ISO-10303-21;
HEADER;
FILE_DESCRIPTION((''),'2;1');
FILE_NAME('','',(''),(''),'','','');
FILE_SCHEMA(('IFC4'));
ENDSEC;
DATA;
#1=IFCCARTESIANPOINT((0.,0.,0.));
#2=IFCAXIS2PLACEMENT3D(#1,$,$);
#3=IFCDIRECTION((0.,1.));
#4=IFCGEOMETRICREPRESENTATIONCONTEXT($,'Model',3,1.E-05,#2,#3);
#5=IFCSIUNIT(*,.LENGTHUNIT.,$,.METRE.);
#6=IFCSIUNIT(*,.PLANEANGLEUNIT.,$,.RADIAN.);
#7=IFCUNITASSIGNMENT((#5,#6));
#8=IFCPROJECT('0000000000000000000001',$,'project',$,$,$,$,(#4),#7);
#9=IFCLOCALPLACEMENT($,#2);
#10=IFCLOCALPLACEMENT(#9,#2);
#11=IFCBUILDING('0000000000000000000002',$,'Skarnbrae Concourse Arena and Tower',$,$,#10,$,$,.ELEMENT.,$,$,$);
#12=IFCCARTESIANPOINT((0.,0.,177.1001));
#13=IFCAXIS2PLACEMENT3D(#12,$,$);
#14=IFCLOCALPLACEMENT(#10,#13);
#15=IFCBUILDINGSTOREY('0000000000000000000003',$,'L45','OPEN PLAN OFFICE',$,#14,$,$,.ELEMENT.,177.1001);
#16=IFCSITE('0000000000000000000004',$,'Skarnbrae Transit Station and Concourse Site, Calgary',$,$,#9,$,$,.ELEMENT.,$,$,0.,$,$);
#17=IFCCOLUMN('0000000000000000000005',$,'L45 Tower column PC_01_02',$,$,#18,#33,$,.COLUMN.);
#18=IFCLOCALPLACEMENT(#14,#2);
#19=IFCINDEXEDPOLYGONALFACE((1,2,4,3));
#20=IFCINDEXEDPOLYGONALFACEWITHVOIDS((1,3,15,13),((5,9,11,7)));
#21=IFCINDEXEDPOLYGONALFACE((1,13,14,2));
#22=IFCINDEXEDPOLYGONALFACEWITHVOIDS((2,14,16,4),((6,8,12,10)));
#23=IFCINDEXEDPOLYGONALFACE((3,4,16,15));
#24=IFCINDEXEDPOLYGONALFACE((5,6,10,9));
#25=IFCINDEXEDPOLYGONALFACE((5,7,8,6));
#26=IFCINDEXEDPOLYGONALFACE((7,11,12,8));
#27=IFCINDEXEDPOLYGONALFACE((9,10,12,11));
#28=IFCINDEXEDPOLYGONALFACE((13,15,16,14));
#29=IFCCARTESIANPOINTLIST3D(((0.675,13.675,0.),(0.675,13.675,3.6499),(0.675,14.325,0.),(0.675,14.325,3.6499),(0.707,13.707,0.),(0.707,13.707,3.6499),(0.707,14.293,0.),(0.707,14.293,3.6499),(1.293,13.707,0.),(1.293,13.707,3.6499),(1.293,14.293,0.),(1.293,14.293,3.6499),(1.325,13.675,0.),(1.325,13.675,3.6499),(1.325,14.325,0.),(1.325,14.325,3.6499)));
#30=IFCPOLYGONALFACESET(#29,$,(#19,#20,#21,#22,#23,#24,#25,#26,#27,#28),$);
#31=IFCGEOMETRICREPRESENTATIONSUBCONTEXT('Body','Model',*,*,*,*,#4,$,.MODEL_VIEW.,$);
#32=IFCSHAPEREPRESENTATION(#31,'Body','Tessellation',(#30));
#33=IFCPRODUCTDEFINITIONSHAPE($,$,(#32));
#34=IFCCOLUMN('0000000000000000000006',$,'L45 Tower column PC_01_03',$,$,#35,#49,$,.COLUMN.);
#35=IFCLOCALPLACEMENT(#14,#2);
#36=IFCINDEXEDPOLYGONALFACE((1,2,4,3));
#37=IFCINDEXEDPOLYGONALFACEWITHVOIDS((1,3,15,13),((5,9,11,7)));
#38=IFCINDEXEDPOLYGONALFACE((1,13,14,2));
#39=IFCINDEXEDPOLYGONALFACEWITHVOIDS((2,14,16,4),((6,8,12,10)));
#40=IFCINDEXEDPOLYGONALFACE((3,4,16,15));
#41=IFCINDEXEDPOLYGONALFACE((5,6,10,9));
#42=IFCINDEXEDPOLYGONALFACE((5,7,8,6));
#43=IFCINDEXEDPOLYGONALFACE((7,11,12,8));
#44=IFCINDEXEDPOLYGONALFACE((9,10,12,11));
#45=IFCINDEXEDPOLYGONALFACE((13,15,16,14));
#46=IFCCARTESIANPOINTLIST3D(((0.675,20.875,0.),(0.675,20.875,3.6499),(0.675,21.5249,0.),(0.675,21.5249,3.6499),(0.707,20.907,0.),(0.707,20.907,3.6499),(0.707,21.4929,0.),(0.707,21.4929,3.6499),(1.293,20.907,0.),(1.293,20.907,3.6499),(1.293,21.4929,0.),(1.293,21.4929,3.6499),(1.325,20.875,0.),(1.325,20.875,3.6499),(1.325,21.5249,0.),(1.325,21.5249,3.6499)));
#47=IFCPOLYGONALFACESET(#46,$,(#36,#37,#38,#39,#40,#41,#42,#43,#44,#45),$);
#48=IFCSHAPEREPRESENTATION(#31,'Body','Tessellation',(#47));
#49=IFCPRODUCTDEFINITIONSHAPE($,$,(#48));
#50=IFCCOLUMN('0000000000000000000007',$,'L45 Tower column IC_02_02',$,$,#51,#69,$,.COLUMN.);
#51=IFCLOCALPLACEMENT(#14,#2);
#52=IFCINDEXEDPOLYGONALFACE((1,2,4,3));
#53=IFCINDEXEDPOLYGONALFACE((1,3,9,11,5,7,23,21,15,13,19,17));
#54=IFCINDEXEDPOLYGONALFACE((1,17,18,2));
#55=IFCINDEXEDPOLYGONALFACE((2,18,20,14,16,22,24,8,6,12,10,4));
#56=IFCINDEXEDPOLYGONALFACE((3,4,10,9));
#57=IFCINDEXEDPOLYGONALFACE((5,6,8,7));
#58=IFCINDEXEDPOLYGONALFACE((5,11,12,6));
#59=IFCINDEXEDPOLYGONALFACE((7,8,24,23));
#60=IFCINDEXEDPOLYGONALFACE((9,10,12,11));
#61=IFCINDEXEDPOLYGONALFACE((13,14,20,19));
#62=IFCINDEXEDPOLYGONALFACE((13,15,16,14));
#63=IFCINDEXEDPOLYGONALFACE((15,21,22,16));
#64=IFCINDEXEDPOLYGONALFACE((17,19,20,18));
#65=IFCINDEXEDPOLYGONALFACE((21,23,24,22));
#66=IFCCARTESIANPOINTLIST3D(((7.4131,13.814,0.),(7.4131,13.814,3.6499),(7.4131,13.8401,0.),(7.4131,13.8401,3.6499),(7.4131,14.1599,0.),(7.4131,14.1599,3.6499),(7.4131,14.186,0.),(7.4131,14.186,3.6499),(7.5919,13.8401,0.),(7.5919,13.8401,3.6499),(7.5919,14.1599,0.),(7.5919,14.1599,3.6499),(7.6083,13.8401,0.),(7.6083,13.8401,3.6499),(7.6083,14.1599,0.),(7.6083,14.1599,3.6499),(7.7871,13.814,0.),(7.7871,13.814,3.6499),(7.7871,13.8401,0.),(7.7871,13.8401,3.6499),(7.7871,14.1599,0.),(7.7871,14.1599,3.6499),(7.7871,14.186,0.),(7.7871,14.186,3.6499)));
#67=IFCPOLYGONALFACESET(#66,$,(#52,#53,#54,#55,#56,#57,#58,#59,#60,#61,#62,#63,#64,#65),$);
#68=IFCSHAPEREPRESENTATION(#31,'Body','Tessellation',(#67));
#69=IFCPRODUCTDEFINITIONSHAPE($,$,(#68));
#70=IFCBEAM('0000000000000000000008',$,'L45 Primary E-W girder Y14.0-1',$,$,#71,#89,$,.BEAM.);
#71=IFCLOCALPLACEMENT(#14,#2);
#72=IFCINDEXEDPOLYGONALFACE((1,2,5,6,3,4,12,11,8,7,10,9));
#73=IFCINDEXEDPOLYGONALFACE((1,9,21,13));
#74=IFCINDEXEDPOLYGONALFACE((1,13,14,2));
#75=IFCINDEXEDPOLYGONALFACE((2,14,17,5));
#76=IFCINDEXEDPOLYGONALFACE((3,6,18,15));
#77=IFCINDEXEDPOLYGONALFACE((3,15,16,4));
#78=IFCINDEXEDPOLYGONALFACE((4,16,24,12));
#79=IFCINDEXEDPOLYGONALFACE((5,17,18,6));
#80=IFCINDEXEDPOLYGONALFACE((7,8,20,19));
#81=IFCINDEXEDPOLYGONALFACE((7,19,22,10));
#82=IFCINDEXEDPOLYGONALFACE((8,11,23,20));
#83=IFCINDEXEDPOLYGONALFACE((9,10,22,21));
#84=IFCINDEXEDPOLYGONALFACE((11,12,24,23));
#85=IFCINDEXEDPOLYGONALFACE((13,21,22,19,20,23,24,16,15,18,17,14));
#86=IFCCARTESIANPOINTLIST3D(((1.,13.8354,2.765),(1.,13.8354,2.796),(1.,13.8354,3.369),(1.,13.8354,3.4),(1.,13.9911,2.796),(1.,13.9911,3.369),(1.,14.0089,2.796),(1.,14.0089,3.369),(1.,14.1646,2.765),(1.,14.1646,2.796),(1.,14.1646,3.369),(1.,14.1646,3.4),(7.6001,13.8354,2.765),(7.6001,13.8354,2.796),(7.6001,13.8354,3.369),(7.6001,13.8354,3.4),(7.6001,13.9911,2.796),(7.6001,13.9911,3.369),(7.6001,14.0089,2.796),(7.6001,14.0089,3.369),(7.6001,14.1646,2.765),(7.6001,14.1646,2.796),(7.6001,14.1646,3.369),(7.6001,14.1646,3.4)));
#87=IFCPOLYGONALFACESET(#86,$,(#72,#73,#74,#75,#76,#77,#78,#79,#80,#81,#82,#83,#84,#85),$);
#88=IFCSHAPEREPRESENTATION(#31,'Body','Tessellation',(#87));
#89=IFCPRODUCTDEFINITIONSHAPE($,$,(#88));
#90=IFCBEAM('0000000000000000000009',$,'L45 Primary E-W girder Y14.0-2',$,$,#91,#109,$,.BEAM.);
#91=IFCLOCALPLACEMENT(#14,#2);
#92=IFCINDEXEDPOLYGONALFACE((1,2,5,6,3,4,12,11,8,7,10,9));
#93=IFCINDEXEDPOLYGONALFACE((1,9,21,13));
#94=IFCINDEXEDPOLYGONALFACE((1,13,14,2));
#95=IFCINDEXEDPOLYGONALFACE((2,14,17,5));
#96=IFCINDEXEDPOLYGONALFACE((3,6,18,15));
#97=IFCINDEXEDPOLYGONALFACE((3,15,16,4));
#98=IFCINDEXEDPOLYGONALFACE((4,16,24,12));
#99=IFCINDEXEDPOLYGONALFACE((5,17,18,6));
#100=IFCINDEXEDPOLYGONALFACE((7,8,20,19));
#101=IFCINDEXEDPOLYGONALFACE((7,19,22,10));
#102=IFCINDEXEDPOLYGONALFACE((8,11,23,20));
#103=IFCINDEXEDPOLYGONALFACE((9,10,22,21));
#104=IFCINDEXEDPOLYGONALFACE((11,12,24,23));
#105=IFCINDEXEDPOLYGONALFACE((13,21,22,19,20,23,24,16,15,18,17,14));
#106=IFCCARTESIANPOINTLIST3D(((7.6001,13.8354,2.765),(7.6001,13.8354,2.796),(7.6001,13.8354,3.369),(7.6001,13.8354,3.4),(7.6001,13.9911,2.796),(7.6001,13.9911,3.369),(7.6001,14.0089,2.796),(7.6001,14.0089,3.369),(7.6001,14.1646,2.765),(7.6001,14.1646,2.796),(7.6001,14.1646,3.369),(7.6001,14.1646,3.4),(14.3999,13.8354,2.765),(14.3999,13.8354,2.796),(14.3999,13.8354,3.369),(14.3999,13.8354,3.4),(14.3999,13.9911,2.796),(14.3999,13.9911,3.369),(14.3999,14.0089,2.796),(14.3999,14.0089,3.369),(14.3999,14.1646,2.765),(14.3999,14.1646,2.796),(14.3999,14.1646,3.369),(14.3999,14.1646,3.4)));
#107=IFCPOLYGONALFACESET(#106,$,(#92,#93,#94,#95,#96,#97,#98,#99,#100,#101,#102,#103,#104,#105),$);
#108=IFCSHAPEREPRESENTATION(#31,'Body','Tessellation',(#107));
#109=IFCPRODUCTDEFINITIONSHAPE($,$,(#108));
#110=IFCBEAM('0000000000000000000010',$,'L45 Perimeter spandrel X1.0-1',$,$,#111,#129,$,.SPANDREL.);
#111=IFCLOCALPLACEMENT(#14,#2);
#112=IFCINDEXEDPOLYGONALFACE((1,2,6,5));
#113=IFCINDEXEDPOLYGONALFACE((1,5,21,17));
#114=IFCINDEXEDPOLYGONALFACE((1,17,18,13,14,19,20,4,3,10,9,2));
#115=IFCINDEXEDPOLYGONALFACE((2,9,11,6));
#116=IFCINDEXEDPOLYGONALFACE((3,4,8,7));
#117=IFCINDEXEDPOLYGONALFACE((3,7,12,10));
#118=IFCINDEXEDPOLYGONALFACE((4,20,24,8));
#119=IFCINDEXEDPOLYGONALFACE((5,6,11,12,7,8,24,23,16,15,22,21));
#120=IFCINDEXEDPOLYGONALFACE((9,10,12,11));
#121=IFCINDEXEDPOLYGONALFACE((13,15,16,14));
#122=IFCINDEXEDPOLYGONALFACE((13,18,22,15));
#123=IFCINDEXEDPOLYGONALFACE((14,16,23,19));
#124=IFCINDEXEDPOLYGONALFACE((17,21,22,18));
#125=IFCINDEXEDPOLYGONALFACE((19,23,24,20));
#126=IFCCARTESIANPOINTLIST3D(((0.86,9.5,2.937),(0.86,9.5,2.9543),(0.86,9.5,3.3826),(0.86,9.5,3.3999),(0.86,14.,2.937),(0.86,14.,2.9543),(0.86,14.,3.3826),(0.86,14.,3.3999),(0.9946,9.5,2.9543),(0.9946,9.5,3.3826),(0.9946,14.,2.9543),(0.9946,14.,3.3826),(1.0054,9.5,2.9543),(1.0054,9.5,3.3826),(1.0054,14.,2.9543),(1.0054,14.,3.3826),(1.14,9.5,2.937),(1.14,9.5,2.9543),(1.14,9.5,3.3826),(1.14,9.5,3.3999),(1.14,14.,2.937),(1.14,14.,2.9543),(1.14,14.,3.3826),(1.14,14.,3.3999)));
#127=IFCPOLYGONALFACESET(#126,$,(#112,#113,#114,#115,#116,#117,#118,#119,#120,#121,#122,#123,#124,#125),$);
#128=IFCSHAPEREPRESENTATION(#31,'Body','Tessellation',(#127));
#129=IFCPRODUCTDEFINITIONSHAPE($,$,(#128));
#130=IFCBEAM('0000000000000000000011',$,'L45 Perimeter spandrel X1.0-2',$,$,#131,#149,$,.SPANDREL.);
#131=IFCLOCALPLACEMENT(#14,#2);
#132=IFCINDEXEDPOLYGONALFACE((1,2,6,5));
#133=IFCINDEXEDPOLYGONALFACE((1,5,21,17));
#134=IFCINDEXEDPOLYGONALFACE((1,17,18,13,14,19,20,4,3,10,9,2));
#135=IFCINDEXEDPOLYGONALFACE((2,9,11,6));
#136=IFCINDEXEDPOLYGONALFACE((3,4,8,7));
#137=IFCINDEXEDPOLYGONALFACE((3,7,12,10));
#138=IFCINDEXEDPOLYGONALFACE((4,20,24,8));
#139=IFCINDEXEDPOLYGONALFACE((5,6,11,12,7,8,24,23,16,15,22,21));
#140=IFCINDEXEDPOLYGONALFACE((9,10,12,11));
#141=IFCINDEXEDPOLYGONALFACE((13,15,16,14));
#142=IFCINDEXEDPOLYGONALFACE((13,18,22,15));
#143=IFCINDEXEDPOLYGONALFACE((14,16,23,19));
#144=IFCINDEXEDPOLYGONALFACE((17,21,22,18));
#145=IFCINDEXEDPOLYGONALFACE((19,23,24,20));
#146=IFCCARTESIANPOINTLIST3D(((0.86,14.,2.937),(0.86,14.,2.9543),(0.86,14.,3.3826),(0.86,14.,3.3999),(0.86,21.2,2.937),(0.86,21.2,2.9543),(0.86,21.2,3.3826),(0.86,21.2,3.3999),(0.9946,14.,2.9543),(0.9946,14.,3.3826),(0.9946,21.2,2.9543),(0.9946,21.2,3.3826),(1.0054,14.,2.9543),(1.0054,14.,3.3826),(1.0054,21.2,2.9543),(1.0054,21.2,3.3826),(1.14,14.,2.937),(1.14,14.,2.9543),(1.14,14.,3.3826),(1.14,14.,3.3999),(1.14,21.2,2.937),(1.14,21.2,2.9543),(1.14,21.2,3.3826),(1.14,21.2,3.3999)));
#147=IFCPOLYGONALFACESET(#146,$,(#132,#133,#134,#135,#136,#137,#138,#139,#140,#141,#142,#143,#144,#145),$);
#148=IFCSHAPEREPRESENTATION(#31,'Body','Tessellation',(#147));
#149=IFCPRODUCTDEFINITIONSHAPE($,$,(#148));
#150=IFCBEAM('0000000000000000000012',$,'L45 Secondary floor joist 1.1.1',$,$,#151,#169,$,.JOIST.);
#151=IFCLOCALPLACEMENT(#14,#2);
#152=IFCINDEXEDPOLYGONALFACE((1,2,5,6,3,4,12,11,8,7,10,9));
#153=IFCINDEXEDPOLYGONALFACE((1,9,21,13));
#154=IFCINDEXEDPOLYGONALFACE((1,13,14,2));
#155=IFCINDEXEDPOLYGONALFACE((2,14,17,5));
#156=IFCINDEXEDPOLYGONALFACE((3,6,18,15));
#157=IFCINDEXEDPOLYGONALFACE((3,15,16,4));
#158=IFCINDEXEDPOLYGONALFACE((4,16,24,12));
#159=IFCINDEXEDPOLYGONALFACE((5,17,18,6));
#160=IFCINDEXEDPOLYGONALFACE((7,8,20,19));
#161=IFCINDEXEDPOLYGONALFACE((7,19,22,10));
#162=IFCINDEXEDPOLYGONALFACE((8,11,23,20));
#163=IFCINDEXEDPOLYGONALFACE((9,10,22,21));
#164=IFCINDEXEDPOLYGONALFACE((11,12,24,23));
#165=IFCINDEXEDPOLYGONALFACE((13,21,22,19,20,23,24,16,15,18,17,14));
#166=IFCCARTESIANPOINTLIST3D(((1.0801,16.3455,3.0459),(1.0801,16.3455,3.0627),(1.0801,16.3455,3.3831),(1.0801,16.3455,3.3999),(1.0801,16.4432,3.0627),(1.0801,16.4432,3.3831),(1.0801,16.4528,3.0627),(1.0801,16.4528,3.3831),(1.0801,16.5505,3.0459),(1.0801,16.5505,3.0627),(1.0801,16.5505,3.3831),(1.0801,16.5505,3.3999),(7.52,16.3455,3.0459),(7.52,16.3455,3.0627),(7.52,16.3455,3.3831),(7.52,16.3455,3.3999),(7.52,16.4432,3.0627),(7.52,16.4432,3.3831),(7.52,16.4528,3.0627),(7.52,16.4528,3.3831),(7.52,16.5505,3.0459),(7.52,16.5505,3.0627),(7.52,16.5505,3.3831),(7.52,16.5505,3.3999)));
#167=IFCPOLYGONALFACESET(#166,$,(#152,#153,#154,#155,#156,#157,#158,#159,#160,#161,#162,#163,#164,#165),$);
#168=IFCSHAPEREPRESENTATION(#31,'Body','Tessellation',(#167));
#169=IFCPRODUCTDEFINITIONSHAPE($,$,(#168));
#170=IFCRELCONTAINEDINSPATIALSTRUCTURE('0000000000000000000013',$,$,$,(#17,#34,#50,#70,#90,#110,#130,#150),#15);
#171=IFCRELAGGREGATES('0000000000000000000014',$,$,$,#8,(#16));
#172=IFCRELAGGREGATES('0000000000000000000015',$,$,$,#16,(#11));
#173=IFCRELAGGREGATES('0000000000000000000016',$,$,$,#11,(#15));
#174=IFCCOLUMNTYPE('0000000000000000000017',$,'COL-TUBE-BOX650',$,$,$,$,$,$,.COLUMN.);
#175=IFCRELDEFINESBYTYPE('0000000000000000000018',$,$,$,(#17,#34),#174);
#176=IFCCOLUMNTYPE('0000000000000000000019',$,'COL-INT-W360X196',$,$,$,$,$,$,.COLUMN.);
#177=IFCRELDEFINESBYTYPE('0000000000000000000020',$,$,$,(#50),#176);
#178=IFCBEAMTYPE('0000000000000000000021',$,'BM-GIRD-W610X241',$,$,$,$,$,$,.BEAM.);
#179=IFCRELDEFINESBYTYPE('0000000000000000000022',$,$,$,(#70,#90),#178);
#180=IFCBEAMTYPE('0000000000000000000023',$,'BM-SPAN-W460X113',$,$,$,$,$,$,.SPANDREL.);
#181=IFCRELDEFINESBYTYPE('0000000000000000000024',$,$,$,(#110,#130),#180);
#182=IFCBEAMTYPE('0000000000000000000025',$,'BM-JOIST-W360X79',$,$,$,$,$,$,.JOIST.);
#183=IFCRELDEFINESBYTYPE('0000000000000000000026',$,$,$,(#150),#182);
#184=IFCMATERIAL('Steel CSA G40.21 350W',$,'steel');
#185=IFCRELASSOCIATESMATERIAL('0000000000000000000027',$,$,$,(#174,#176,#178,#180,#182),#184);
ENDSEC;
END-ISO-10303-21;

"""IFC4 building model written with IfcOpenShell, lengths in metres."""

from ifc_helpers import new_model, si_unit, direction, frame, origin, origin_2d, place, context, subcontext, project, spatial, hollow_rectangle, i_section, extrude, source, transform, mapped, material, material_profile, profile_set, type_object, element, save


model = new_model("IFC4")

# Units and contexts
model_context = context("Model", 3, precision=1e-05, world=origin(), true_north=direction((0.0, 1.0)))
body_context = subcontext(model_context, "Body", "Model", "MODEL_VIEW")
ifc_project = project(units=[si_unit("LENGTHUNIT", "METRE"), si_unit("PLANEANGLEUNIT", "RADIAN")], contexts=[model_context])

# Site, building, storey
site_placement = place(None, origin())
site = spatial("IfcSite", under=ifc_project, at=site_placement, Name="Skarnbrae Transit Station and Concourse Site, Calgary", CompositionType="ELEMENT", RefElevation=0.0)
building_placement = place(site_placement, origin())
building = spatial("IfcBuilding", under=site, at=building_placement, Name="Skarnbrae Concourse Arena and Tower", CompositionType="ELEMENT")
storey_placement = place(building_placement, frame((0.0, 0.0, 177.1001)))
storey = spatial("IfcBuildingStorey", under=building, at=storey_placement, Name="L45", Description="OPEN PLAN OFFICE", CompositionType="ELEMENT", Elevation=177.1001)

# Columns
ifc_material_1 = material(Name="Steel CSA G40.21 350W", Category="steel")
ifc_material_profile_1 = material_profile(ifc_material_1, hollow_rectangle(XDim=0.6499, YDim=0.6499, WallThickness=0.032, at=origin_2d()), Name="BOX650X650X32")
ifc_profile_set_1 = profile_set([ifc_material_profile_1], Name="Steel CSA G40.21 350W")
column_type_1 = type_object("IfcColumnType", Name="COL-TUBE-BOX650", PredefinedType="COLUMN", material=ifc_profile_set_1)
shared_shape_1 = source(origin(), body_context, "Body", "SweptSolid", [
    extrude(hollow_rectangle(XDim=0.6499, YDim=0.6499, WallThickness=0.032, at=origin_2d()), origin(), (0.0, 0.0, 1.0), 3.6499),
])
for number, where, z_axis, x_axis, name in (
    (1, (1.0, 14.0, 0.0), (0.0, 0.0, 1.0), (1.0, 0.0, 0.0), "L45 Tower column PC_01_02"),
    (2, (1.0, 21.2, 0.0), (0.0, 0.0, 1.0), (1.0, 0.0, 0.0), "L45 Tower column PC_01_03"),
):
    element("IfcColumn", number, at=place(storey_placement, frame(where, z_axis=z_axis, x_axis=x_axis)), inside=storey, type_object=column_type_1, Name=name, PredefinedType="COLUMN", context=body_context, shape_type="MappedRepresentation", body=[
        mapped(shared_shape_1, transform((0.0, 0.0, 0.0))),
    ])
ifc_material_profile_2 = material_profile(ifc_material_1, i_section(OverallWidth=0.374, OverallDepth=0.3721, WebThickness=0.0164, FlangeThickness=0.0261, at=origin_2d()), Name="W360X196")
ifc_profile_set_2 = profile_set([ifc_material_profile_2], Name="Steel CSA G40.21 350W")
column_type_2 = type_object("IfcColumnType", Name="COL-INT-W360X196", PredefinedType="COLUMN", material=ifc_profile_set_2)
shared_shape_2 = source(origin(), body_context, "Body", "SweptSolid", [
    extrude(i_section(OverallWidth=0.374, OverallDepth=0.3721, WebThickness=0.0164, FlangeThickness=0.0261, at=origin_2d()), origin(), (0.0, 0.0, 1.0), 3.6499),
])
column_placement = place(storey_placement, frame((7.6001, 14.0, 0.0), z_axis=(0.0, 0.0, 1.0), x_axis=(1.0, 0.0, 0.0)))
element("IfcColumn", 3, at=column_placement, inside=storey, type_object=column_type_2, Name="L45 Tower column IC_02_02", PredefinedType="COLUMN", context=body_context, shape_type="MappedRepresentation", body=[
    mapped(shared_shape_2, transform((0.0, 0.0, 0.0))),
])

# Beams
ifc_material_profile_3 = material_profile(ifc_material_1, i_section(OverallWidth=0.3291, OverallDepth=0.635, WebThickness=0.0178, FlangeThickness=0.031, at=origin_2d()), Name="W610X241")
ifc_profile_set_3 = profile_set([ifc_material_profile_3], Name="Steel CSA G40.21 350W")
beam_type_1 = type_object("IfcBeamType", Name="BM-GIRD-W610X241", PredefinedType="BEAM", material=ifc_profile_set_3)
shared_shape_3 = source(origin(), body_context, "Body", "SweptSolid", [
    extrude(i_section(OverallWidth=0.3291, OverallDepth=0.635, WebThickness=0.0178, FlangeThickness=0.031, at=origin_2d()), origin(), (0.0, 0.0, 1.0), 6.6001),
])
beam_1_placement = place(storey_placement, frame((1.0, 14.0, 3.0825), z_axis=(1.0, 0.0, 0.0), x_axis=(0.0, 1.0, 0.0)))
element("IfcBeam", 4, at=beam_1_placement, inside=storey, type_object=beam_type_1, Name="L45 Primary E-W girder Y14.0-1", PredefinedType="BEAM", context=body_context, shape_type="MappedRepresentation", body=[
    mapped(shared_shape_3, transform((0.0, 0.0, 0.0))),
])
shared_shape_4 = source(origin(), body_context, "Body", "SweptSolid", [
    extrude(i_section(OverallWidth=0.3291, OverallDepth=0.635, WebThickness=0.0178, FlangeThickness=0.031, at=origin_2d()), origin(), (0.0, 0.0, 1.0), 6.7998),
])
beam_2_placement = place(storey_placement, frame((7.6001, 14.0, 3.0825), z_axis=(1.0, 0.0, 0.0), x_axis=(0.0, 1.0, 0.0)))
element("IfcBeam", 5, at=beam_2_placement, inside=storey, type_object=beam_type_1, Name="L45 Primary E-W girder Y14.0-2", PredefinedType="BEAM", context=body_context, shape_type="MappedRepresentation", body=[
    mapped(shared_shape_4, transform((0.0, 0.0, 0.0))),
])
ifc_material_profile_4 = material_profile(ifc_material_1, i_section(OverallWidth=0.28, OverallDepth=0.4629, WebThickness=0.0107, FlangeThickness=0.0173, at=origin_2d()), Name="W460X113")
ifc_profile_set_4 = profile_set([ifc_material_profile_4], Name="Steel CSA G40.21 350W")
beam_type_2 = type_object("IfcBeamType", Name="BM-SPAN-W460X113", PredefinedType="SPANDREL", material=ifc_profile_set_4)
shared_shape_5 = source(origin(), body_context, "Body", "SweptSolid", [
    extrude(i_section(OverallWidth=0.28, OverallDepth=0.4629, WebThickness=0.0107, FlangeThickness=0.0173, at=origin_2d()), origin(), (0.0, 0.0, 1.0), 4.5),
])
beam_3_placement = place(storey_placement, frame((1.0, 9.5, 3.1685), z_axis=(0.0, 1.0, 0.0), x_axis=(-1.0, 0.0, 0.0)))
element("IfcBeam", 6, at=beam_3_placement, inside=storey, type_object=beam_type_2, Name="L45 Perimeter spandrel X1.0-1", PredefinedType="SPANDREL", context=body_context, shape_type="MappedRepresentation", body=[
    mapped(shared_shape_5, transform((0.0, 0.0, 0.0))),
])
shared_shape_6 = source(origin(), body_context, "Body", "SweptSolid", [
    extrude(i_section(OverallWidth=0.28, OverallDepth=0.4629, WebThickness=0.0107, FlangeThickness=0.0173, at=origin_2d()), origin(), (0.0, 0.0, 1.0), 7.2),
])
beam_4_placement = place(storey_placement, frame((1.0, 14.0, 3.1685), z_axis=(0.0, 1.0, 0.0), x_axis=(-1.0, 0.0, 0.0)))
element("IfcBeam", 7, at=beam_4_placement, inside=storey, type_object=beam_type_2, Name="L45 Perimeter spandrel X1.0-2", PredefinedType="SPANDREL", context=body_context, shape_type="MappedRepresentation", body=[
    mapped(shared_shape_6, transform((0.0, 0.0, 0.0))),
])
ifc_material_profile_5 = material_profile(ifc_material_1, i_section(OverallWidth=0.2051, OverallDepth=0.354, WebThickness=0.0095, FlangeThickness=0.0168, at=origin_2d()), Name="W360X79")
ifc_profile_set_5 = profile_set([ifc_material_profile_5], Name="Steel CSA G40.21 350W")
beam_type_3 = type_object("IfcBeamType", Name="BM-JOIST-W360X79", PredefinedType="JOIST", material=ifc_profile_set_5)
shared_shape_7 = source(origin(), body_context, "Body", "SweptSolid", [
    extrude(i_section(OverallWidth=0.2051, OverallDepth=0.354, WebThickness=0.0095, FlangeThickness=0.0168, at=origin_2d()), origin(), (0.0, 0.0, 1.0), 6.4399),
])
for number, where, z_axis, x_axis, name in (
    (8, (1.0801, 16.448, 3.2229), (1.0, 0.0, 0.0), (0.0, 1.0, 0.0), "L45 Secondary floor joist 1.1.1"),
):
    element("IfcBeam", number, at=place(storey_placement, frame(where, z_axis=z_axis, x_axis=x_axis)), inside=storey, type_object=beam_type_3, Name=name, PredefinedType="JOIST", context=body_context, shape_type="MappedRepresentation", body=[
        mapped(shared_shape_7, transform((0.0, 0.0, 0.0))),
    ])

save(model, "model.ifc")
